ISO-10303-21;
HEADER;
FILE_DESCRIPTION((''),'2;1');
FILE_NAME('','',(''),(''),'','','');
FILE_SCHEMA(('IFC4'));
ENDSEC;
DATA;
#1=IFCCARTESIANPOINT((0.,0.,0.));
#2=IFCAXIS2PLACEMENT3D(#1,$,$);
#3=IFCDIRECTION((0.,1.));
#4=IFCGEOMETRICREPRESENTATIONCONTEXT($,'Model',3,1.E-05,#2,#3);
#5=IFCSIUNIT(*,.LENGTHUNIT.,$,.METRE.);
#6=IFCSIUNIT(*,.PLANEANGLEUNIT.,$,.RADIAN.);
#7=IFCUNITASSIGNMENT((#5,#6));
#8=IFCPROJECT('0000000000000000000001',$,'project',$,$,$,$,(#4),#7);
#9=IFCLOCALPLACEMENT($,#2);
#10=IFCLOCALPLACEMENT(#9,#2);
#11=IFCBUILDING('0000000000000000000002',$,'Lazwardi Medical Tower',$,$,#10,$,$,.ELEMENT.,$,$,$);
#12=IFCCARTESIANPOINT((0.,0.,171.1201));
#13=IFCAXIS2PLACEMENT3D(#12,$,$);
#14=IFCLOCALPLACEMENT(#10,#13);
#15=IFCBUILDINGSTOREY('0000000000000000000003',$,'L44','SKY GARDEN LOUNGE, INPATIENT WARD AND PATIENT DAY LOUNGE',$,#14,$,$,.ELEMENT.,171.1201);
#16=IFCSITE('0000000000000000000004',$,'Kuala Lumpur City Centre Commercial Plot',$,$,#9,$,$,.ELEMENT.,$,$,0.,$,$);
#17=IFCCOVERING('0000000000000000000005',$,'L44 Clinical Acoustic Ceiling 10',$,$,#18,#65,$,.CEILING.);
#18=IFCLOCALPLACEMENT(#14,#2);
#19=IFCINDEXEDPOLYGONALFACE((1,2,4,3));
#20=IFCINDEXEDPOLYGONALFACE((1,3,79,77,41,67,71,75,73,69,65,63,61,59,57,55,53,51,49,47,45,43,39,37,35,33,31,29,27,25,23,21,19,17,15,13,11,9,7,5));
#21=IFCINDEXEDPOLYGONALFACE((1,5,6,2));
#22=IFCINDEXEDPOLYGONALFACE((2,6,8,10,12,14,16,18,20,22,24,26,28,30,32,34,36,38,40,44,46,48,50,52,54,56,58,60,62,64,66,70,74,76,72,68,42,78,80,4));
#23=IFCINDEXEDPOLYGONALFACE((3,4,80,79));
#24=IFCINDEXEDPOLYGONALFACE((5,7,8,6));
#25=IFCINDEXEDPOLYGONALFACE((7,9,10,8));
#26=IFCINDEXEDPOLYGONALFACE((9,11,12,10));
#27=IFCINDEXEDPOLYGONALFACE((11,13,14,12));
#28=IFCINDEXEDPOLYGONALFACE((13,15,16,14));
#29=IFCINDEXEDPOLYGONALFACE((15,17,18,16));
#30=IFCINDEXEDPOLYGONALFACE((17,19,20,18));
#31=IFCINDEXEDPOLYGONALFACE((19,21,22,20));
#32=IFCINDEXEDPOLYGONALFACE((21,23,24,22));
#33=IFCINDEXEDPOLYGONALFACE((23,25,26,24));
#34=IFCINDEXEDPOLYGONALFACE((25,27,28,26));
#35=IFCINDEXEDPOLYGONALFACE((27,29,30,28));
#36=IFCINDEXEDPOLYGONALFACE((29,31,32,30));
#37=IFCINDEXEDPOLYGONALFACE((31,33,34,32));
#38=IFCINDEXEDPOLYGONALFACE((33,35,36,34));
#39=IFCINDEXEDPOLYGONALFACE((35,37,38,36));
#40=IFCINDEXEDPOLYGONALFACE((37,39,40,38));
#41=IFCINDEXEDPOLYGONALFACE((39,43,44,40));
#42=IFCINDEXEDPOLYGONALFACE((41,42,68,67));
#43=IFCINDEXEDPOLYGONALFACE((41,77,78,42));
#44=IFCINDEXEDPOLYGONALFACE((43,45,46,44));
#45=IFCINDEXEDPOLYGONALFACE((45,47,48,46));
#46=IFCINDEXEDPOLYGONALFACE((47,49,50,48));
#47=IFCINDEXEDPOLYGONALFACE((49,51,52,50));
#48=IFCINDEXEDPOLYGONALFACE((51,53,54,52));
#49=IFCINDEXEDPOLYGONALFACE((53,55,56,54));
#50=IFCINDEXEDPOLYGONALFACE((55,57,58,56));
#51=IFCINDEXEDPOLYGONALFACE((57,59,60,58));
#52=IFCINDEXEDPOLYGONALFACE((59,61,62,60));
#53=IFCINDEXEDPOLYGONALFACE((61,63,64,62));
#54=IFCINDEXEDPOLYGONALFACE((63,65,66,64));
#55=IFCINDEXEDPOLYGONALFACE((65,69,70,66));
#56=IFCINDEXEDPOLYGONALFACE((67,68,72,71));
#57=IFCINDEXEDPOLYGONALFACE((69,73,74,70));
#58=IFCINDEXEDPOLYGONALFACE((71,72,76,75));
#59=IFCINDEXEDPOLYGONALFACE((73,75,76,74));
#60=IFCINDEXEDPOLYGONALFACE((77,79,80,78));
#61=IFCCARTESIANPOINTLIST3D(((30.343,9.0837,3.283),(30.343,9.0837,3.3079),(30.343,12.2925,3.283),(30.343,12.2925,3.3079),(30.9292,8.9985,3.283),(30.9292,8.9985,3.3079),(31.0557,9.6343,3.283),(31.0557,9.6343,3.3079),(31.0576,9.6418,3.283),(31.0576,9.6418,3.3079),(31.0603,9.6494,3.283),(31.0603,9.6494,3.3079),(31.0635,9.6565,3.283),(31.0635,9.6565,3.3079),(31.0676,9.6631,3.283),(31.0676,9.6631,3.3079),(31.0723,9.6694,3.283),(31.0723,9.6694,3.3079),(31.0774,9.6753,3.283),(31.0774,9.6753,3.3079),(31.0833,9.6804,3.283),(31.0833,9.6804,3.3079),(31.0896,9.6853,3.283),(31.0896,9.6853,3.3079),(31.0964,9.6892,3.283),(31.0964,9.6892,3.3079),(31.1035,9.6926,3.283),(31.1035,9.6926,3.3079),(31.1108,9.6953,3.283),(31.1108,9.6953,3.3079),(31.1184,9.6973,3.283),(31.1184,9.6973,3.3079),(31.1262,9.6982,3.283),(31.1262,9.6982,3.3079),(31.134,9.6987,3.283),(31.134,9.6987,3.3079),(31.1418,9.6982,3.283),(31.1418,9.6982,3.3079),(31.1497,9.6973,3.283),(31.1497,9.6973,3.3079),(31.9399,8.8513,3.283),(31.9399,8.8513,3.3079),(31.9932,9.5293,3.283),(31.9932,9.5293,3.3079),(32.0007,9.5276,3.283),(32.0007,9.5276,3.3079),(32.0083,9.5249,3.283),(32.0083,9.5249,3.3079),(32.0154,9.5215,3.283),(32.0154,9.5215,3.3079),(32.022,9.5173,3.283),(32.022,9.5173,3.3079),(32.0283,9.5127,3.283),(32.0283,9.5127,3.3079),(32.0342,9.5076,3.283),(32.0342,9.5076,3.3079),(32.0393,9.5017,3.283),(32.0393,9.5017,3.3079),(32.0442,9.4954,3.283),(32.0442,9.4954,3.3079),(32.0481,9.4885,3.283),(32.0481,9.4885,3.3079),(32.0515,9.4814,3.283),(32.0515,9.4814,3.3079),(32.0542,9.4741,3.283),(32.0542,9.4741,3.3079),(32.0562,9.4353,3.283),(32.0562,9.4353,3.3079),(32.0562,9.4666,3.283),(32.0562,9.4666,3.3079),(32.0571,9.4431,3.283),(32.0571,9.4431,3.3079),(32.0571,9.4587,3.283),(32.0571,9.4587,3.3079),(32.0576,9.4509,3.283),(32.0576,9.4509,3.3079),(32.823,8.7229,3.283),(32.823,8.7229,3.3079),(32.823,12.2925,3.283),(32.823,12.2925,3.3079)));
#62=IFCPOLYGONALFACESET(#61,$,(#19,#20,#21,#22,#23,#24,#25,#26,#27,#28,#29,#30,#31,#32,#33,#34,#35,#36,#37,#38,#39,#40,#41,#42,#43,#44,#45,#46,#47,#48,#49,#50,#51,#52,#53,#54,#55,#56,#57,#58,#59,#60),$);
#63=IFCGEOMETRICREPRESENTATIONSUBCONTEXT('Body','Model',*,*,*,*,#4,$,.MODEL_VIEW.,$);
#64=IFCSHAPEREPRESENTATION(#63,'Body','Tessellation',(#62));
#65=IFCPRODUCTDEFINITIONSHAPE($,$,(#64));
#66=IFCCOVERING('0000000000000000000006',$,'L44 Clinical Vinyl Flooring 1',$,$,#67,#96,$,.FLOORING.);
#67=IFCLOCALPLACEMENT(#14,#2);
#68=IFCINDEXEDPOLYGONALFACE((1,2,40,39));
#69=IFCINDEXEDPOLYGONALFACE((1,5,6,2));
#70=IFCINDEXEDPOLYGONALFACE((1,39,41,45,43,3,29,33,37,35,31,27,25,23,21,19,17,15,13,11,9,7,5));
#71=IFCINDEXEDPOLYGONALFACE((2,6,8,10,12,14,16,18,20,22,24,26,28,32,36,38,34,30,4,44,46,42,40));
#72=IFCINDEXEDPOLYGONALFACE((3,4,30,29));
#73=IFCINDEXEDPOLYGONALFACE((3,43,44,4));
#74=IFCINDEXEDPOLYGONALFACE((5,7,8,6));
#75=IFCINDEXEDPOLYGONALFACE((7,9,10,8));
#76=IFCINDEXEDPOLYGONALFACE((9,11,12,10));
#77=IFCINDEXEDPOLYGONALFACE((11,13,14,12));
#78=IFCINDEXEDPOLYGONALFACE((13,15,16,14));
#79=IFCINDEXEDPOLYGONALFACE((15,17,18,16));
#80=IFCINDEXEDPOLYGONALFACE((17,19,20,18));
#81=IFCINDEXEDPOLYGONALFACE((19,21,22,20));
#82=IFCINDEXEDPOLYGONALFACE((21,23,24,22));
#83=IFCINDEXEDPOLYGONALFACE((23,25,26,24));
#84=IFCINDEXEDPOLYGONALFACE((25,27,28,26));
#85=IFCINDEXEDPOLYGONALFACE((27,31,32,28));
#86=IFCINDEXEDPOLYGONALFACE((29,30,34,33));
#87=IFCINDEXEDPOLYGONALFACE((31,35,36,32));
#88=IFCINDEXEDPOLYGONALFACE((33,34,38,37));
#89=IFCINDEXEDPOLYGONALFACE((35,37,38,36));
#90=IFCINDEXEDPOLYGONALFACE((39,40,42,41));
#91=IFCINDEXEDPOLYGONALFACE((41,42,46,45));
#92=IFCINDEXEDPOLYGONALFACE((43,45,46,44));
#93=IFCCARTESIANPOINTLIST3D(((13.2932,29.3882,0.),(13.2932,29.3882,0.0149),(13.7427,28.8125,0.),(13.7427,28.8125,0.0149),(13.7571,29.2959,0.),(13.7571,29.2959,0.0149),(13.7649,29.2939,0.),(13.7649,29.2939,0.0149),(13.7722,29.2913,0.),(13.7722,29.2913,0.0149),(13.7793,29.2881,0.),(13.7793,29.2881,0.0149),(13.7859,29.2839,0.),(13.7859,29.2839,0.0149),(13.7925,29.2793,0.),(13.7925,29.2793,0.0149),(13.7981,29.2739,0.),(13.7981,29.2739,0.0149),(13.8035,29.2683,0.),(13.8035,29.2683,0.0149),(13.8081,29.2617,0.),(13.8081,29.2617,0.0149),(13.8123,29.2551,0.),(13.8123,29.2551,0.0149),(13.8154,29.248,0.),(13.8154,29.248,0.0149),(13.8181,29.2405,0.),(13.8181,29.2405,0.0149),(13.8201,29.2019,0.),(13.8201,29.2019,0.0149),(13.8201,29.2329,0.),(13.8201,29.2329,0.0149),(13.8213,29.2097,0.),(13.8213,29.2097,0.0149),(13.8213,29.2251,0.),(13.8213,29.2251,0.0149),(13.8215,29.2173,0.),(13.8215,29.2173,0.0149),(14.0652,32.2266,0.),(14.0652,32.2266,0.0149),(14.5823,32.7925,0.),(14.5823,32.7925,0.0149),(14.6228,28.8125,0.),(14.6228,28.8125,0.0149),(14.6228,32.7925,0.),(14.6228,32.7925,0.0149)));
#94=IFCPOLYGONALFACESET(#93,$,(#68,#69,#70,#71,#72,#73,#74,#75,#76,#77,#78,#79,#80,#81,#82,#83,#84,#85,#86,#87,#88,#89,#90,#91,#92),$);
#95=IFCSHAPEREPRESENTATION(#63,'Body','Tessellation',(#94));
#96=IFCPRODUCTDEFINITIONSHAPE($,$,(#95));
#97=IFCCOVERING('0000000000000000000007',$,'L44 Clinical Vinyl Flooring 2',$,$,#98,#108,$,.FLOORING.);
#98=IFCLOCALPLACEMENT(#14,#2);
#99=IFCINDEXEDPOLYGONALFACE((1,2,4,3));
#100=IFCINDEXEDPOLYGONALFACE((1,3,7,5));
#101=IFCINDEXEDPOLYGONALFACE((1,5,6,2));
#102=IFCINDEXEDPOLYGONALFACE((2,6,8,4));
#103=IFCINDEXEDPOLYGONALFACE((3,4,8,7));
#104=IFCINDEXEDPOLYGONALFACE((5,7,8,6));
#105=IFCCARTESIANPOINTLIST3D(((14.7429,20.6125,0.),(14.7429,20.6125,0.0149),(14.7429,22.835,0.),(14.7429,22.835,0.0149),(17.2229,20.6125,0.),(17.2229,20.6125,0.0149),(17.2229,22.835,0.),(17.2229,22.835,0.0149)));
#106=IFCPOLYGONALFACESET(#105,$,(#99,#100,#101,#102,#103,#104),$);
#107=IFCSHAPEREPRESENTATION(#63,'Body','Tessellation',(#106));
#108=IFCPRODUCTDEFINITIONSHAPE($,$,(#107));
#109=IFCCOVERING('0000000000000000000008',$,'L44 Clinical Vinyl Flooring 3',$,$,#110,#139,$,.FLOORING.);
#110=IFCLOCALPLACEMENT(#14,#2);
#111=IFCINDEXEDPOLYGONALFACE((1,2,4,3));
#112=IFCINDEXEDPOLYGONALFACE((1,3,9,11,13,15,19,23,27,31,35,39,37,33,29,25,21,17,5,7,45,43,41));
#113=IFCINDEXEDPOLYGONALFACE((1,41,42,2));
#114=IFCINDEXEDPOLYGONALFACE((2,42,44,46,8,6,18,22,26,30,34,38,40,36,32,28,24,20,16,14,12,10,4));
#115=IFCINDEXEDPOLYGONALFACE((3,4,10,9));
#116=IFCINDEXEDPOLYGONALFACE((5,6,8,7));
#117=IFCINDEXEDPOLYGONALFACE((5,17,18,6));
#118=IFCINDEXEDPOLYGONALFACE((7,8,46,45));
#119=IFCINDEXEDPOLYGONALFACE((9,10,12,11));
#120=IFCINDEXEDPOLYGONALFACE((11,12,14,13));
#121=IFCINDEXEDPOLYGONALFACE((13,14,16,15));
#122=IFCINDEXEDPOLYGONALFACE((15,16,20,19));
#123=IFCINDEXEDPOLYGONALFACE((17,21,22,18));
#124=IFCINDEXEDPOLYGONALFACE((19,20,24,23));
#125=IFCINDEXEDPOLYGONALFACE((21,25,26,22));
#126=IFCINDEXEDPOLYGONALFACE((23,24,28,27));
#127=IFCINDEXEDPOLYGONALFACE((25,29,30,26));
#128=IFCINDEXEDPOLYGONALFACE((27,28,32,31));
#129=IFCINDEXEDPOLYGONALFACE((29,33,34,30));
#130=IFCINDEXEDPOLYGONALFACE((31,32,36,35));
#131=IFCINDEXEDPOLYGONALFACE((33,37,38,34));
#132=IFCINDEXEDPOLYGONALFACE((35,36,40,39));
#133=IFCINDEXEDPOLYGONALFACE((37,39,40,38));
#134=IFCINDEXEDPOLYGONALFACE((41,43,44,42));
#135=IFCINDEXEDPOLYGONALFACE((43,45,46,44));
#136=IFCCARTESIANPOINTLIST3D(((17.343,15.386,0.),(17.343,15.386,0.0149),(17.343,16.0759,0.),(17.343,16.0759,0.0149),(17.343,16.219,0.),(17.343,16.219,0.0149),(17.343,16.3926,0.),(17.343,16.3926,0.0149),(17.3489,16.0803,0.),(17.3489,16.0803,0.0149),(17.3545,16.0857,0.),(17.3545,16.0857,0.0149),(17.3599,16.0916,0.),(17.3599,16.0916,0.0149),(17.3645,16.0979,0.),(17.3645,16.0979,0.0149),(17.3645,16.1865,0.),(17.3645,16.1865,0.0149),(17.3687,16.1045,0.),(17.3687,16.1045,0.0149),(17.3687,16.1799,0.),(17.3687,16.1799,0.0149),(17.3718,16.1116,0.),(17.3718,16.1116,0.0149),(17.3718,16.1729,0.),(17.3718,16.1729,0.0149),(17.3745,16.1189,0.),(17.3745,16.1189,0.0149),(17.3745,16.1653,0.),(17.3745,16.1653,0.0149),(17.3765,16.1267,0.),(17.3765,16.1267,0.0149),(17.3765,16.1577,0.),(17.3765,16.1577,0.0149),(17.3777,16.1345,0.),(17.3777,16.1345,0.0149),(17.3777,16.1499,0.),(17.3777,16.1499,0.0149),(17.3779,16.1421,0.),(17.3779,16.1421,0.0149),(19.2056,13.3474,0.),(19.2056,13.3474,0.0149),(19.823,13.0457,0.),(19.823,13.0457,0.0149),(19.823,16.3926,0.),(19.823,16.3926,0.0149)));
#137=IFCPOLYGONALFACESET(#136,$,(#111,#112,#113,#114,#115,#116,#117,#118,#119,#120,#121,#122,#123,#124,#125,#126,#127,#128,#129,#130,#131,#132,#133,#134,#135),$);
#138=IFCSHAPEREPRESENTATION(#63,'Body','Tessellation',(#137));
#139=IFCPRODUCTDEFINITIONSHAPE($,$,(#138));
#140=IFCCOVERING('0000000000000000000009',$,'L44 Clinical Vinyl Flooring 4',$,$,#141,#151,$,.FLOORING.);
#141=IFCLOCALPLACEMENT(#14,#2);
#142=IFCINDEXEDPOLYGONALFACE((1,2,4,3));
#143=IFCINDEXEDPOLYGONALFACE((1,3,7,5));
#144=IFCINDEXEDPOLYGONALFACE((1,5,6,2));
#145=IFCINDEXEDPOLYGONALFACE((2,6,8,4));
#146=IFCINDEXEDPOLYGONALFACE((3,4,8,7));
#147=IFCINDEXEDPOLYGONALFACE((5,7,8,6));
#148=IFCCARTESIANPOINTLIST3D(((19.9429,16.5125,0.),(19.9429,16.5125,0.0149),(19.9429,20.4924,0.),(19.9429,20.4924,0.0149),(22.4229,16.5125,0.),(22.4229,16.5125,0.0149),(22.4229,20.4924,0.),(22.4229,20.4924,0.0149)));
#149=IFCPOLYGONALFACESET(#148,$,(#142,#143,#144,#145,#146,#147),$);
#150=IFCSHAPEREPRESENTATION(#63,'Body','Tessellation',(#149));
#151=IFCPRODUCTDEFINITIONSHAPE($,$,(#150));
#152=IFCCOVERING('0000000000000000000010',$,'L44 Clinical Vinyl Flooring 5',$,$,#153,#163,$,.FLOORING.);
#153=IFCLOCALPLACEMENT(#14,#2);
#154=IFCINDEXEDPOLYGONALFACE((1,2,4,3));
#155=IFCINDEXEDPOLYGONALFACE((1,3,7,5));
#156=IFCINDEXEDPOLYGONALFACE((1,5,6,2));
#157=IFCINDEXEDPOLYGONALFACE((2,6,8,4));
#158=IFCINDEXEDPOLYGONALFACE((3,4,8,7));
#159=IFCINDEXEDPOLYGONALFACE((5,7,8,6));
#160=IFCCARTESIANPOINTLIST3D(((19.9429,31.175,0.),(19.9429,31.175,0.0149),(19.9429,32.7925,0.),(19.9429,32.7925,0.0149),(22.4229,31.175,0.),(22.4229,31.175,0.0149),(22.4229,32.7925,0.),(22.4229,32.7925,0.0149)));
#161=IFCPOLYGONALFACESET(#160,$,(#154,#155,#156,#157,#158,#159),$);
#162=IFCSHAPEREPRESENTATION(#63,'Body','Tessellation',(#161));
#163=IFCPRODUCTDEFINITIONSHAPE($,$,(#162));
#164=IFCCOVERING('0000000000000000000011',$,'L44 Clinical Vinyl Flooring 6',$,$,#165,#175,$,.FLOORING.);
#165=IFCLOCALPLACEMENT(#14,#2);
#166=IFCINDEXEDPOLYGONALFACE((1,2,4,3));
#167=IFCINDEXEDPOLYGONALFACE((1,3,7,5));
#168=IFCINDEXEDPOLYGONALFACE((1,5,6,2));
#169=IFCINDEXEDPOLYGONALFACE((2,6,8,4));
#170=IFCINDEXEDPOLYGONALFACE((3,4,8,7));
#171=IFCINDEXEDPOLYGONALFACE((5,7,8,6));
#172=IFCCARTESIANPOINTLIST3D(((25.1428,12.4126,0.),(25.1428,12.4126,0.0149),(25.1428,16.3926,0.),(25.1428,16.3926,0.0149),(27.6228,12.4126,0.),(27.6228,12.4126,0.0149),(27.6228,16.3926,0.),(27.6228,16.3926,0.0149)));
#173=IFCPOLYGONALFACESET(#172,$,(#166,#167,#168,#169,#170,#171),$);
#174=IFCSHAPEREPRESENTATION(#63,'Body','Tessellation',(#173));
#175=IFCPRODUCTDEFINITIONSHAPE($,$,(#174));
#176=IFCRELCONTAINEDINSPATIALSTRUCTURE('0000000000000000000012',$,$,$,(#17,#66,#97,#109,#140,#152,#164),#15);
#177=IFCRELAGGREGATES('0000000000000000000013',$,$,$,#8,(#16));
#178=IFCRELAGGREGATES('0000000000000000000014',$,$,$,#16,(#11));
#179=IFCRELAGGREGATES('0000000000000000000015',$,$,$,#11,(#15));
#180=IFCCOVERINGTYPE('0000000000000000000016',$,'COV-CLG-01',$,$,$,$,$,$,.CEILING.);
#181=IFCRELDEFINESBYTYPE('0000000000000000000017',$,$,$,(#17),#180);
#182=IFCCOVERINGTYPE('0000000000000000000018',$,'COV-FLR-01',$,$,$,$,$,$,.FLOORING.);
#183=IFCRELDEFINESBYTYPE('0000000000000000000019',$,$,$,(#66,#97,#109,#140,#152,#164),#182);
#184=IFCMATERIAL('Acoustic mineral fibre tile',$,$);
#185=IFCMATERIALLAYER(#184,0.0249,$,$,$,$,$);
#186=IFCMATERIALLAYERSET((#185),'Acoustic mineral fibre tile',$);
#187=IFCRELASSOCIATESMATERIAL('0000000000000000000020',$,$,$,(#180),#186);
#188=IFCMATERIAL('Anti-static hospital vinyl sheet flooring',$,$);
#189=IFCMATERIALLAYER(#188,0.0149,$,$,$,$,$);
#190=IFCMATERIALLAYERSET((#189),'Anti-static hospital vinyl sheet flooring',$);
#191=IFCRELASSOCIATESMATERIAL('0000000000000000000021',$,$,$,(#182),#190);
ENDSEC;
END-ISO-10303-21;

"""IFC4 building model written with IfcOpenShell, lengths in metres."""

from ifc_helpers import new_model, si_unit, direction, frame, origin, place, context, subcontext, project, spatial, polyline, outline, extrude, material, layer, layer_set, type_object, element, save


model = new_model("IFC4")

# Units and contexts
model_context = context("Model", 3, precision=1e-05, world=origin(), true_north=direction((0.0, 1.0)))
body_context = subcontext(model_context, "Body", "Model", "MODEL_VIEW")
ifc_project = project(units=[si_unit("LENGTHUNIT", "METRE"), si_unit("PLANEANGLEUNIT", "RADIAN")], contexts=[model_context])

# Site, building, storey
site_placement = place(None, origin())
site = spatial("IfcSite", under=ifc_project, at=site_placement, Name="Kuala Lumpur City Centre Commercial Plot", CompositionType="ELEMENT", RefElevation=0.0)
building_placement = place(site_placement, origin())
building = spatial("IfcBuilding", under=site, at=building_placement, Name="Lazwardi Medical Tower", CompositionType="ELEMENT")
storey_placement = place(building_placement, frame((0.0, 0.0, 171.1201)))
storey = spatial("IfcBuildingStorey", under=building, at=storey_placement, Name="L44", Description="SKY GARDEN LOUNGE, INPATIENT WARD AND PATIENT DAY LOUNGE", CompositionType="ELEMENT", Elevation=171.1201)

# Coverings
ifc_material_1 = material(Name="Acoustic mineral fibre tile")
ifc_layer_1 = layer(ifc_material_1, 0.0249)
ifc_layer_set_1 = layer_set([ifc_layer_1], Name="Acoustic mineral fibre tile")
covering_type_1 = type_object("IfcCoveringType", Name="COV-CLG-01", PredefinedType="CEILING", material=ifc_layer_set_1)
covering_1_placement = place(storey_placement, frame((0.0, 0.0, 3.283)))
element("IfcCovering", 1, at=covering_1_placement, inside=storey, type_object=covering_type_1, Name="L44 Clinical Acoustic Ceiling 10", PredefinedType="CEILING", context=body_context, shape_type="SweptSolid", body=[
    extrude(outline(polyline([(30.343, 9.0837), (30.9292, 8.9985), (31.0557, 9.6343), (31.0576, 9.6418), (31.0603, 9.6494), (31.0635, 9.6565), (31.0676, 9.6631), (31.0723, 9.6694), (31.0774, 9.6753), (31.0833, 9.6804), (31.0896, 9.6853), (31.0964, 9.6892), (31.1035, 9.6926), (31.1108, 9.6953), (31.1184, 9.6973), (31.1262, 9.6982), (31.134, 9.6987), (31.1418, 9.6982), (31.1497, 9.6973), (31.9932, 9.5293), (32.0007, 9.5276), (32.0083, 9.5249), (32.0154, 9.5215), (32.022, 9.5173), (32.0283, 9.5127), (32.0342, 9.5076), (32.0393, 9.5017), (32.0442, 9.4954), (32.0481, 9.4885), (32.0515, 9.4814), (32.0542, 9.4741), (32.0562, 9.4666), (32.0571, 9.4587), (32.0576, 9.4509), (32.0571, 9.4431), (32.0562, 9.4353), (31.9399, 8.8513), (32.823, 8.7229), (32.823, 12.2925), (30.343, 12.2925), (30.343, 9.0837)])), origin(), (0.0, 0.0, 1.0), 0.0249),
])
ifc_material_2 = material(Name="Anti-static hospital vinyl sheet flooring")
ifc_layer_2 = layer(ifc_material_2, 0.0149)
ifc_layer_set_2 = layer_set([ifc_layer_2], Name="Anti-static hospital vinyl sheet flooring")
covering_type_2 = type_object("IfcCoveringType", Name="COV-FLR-01", PredefinedType="FLOORING", material=ifc_layer_set_2)
covering_2_placement = place(storey_placement, origin())
element("IfcCovering", 2, at=covering_2_placement, inside=storey, type_object=covering_type_2, Name="L44 Clinical Vinyl Flooring 1", PredefinedType="FLOORING", context=body_context, shape_type="SweptSolid", body=[
    extrude(outline(polyline([(14.5823, 32.7925), (14.0652, 32.2266), (13.2932, 29.3882), (13.7571, 29.2959), (13.7649, 29.2939), (13.7722, 29.2913), (13.7793, 29.2881), (13.7859, 29.2839), (13.7925, 29.2793), (13.7981, 29.2739), (13.8035, 29.2683), (13.8081, 29.2617), (13.8123, 29.2551), (13.8154, 29.248), (13.8181, 29.2405), (13.8201, 29.2329), (13.8213, 29.2251), (13.8215, 29.2173), (13.8213, 29.2097), (13.8201, 29.2019), (13.7427, 28.8125), (14.6228, 28.8125), (14.6228, 32.7925), (14.5823, 32.7925)])), origin(), (0.0, 0.0, 1.0), 0.0149),
])
covering_3_placement = place(storey_placement, origin())
element("IfcCovering", 3, at=covering_3_placement, inside=storey, type_object=covering_type_2, Name="L44 Clinical Vinyl Flooring 2", PredefinedType="FLOORING", context=body_context, shape_type="SweptSolid", body=[
    extrude(outline(polyline([(17.2229, 22.835), (14.7429, 22.835), (14.7429, 20.6125), (17.2229, 20.6125), (17.2229, 22.835)])), origin(), (0.0, 0.0, 1.0), 0.0149),
])
covering_4_placement = place(storey_placement, origin())
element("IfcCovering", 4, at=covering_4_placement, inside=storey, type_object=covering_type_2, Name="L44 Clinical Vinyl Flooring 3", PredefinedType="FLOORING", context=body_context, shape_type="SweptSolid", body=[
    extrude(outline(polyline([(17.343, 16.219), (17.3645, 16.1865), (17.3687, 16.1799), (17.3718, 16.1729), (17.3745, 16.1653), (17.3765, 16.1577), (17.3777, 16.1499), (17.3779, 16.1421), (17.3777, 16.1345), (17.3765, 16.1267), (17.3745, 16.1189), (17.3718, 16.1116), (17.3687, 16.1045), (17.3645, 16.0979), (17.3599, 16.0916), (17.3545, 16.0857), (17.3489, 16.0803), (17.343, 16.0759), (17.343, 15.386), (19.2056, 13.3474), (19.823, 13.0457), (19.823, 16.3926), (17.343, 16.3926), (17.343, 16.219)])), origin(), (0.0, 0.0, 1.0), 0.0149),
])
covering_5_placement = place(storey_placement, origin())
element("IfcCovering", 5, at=covering_5_placement, inside=storey, type_object=covering_type_2, Name="L44 Clinical Vinyl Flooring 4", PredefinedType="FLOORING", context=body_context, shape_type="SweptSolid", body=[
    extrude(outline(polyline([(22.4229, 16.5125), (22.4229, 20.4924), (19.9429, 20.4924), (19.9429, 16.5125), (22.4229, 16.5125)])), origin(), (0.0, 0.0, 1.0), 0.0149),
])
covering_6_placement = place(storey_placement, origin())
element("IfcCovering", 6, at=covering_6_placement, inside=storey, type_object=covering_type_2, Name="L44 Clinical Vinyl Flooring 5", PredefinedType="FLOORING", context=body_context, shape_type="SweptSolid", body=[
    extrude(outline(polyline([(19.9429, 31.175), (22.4229, 31.175), (22.4229, 32.7925), (19.9429, 32.7925), (19.9429, 31.175)])), origin(), (0.0, 0.0, 1.0), 0.0149),
])
covering_7_placement = place(storey_placement, origin())
element("IfcCovering", 7, at=covering_7_placement, inside=storey, type_object=covering_type_2, Name="L44 Clinical Vinyl Flooring 6", PredefinedType="FLOORING", context=body_context, shape_type="SweptSolid", body=[
    extrude(outline(polyline([(27.6228, 12.4126), (27.6228, 16.3926), (25.1428, 16.3926), (25.1428, 12.4126), (27.6228, 12.4126)])), origin(), (0.0, 0.0, 1.0), 0.0149),
])

save(model, "model.ifc")
